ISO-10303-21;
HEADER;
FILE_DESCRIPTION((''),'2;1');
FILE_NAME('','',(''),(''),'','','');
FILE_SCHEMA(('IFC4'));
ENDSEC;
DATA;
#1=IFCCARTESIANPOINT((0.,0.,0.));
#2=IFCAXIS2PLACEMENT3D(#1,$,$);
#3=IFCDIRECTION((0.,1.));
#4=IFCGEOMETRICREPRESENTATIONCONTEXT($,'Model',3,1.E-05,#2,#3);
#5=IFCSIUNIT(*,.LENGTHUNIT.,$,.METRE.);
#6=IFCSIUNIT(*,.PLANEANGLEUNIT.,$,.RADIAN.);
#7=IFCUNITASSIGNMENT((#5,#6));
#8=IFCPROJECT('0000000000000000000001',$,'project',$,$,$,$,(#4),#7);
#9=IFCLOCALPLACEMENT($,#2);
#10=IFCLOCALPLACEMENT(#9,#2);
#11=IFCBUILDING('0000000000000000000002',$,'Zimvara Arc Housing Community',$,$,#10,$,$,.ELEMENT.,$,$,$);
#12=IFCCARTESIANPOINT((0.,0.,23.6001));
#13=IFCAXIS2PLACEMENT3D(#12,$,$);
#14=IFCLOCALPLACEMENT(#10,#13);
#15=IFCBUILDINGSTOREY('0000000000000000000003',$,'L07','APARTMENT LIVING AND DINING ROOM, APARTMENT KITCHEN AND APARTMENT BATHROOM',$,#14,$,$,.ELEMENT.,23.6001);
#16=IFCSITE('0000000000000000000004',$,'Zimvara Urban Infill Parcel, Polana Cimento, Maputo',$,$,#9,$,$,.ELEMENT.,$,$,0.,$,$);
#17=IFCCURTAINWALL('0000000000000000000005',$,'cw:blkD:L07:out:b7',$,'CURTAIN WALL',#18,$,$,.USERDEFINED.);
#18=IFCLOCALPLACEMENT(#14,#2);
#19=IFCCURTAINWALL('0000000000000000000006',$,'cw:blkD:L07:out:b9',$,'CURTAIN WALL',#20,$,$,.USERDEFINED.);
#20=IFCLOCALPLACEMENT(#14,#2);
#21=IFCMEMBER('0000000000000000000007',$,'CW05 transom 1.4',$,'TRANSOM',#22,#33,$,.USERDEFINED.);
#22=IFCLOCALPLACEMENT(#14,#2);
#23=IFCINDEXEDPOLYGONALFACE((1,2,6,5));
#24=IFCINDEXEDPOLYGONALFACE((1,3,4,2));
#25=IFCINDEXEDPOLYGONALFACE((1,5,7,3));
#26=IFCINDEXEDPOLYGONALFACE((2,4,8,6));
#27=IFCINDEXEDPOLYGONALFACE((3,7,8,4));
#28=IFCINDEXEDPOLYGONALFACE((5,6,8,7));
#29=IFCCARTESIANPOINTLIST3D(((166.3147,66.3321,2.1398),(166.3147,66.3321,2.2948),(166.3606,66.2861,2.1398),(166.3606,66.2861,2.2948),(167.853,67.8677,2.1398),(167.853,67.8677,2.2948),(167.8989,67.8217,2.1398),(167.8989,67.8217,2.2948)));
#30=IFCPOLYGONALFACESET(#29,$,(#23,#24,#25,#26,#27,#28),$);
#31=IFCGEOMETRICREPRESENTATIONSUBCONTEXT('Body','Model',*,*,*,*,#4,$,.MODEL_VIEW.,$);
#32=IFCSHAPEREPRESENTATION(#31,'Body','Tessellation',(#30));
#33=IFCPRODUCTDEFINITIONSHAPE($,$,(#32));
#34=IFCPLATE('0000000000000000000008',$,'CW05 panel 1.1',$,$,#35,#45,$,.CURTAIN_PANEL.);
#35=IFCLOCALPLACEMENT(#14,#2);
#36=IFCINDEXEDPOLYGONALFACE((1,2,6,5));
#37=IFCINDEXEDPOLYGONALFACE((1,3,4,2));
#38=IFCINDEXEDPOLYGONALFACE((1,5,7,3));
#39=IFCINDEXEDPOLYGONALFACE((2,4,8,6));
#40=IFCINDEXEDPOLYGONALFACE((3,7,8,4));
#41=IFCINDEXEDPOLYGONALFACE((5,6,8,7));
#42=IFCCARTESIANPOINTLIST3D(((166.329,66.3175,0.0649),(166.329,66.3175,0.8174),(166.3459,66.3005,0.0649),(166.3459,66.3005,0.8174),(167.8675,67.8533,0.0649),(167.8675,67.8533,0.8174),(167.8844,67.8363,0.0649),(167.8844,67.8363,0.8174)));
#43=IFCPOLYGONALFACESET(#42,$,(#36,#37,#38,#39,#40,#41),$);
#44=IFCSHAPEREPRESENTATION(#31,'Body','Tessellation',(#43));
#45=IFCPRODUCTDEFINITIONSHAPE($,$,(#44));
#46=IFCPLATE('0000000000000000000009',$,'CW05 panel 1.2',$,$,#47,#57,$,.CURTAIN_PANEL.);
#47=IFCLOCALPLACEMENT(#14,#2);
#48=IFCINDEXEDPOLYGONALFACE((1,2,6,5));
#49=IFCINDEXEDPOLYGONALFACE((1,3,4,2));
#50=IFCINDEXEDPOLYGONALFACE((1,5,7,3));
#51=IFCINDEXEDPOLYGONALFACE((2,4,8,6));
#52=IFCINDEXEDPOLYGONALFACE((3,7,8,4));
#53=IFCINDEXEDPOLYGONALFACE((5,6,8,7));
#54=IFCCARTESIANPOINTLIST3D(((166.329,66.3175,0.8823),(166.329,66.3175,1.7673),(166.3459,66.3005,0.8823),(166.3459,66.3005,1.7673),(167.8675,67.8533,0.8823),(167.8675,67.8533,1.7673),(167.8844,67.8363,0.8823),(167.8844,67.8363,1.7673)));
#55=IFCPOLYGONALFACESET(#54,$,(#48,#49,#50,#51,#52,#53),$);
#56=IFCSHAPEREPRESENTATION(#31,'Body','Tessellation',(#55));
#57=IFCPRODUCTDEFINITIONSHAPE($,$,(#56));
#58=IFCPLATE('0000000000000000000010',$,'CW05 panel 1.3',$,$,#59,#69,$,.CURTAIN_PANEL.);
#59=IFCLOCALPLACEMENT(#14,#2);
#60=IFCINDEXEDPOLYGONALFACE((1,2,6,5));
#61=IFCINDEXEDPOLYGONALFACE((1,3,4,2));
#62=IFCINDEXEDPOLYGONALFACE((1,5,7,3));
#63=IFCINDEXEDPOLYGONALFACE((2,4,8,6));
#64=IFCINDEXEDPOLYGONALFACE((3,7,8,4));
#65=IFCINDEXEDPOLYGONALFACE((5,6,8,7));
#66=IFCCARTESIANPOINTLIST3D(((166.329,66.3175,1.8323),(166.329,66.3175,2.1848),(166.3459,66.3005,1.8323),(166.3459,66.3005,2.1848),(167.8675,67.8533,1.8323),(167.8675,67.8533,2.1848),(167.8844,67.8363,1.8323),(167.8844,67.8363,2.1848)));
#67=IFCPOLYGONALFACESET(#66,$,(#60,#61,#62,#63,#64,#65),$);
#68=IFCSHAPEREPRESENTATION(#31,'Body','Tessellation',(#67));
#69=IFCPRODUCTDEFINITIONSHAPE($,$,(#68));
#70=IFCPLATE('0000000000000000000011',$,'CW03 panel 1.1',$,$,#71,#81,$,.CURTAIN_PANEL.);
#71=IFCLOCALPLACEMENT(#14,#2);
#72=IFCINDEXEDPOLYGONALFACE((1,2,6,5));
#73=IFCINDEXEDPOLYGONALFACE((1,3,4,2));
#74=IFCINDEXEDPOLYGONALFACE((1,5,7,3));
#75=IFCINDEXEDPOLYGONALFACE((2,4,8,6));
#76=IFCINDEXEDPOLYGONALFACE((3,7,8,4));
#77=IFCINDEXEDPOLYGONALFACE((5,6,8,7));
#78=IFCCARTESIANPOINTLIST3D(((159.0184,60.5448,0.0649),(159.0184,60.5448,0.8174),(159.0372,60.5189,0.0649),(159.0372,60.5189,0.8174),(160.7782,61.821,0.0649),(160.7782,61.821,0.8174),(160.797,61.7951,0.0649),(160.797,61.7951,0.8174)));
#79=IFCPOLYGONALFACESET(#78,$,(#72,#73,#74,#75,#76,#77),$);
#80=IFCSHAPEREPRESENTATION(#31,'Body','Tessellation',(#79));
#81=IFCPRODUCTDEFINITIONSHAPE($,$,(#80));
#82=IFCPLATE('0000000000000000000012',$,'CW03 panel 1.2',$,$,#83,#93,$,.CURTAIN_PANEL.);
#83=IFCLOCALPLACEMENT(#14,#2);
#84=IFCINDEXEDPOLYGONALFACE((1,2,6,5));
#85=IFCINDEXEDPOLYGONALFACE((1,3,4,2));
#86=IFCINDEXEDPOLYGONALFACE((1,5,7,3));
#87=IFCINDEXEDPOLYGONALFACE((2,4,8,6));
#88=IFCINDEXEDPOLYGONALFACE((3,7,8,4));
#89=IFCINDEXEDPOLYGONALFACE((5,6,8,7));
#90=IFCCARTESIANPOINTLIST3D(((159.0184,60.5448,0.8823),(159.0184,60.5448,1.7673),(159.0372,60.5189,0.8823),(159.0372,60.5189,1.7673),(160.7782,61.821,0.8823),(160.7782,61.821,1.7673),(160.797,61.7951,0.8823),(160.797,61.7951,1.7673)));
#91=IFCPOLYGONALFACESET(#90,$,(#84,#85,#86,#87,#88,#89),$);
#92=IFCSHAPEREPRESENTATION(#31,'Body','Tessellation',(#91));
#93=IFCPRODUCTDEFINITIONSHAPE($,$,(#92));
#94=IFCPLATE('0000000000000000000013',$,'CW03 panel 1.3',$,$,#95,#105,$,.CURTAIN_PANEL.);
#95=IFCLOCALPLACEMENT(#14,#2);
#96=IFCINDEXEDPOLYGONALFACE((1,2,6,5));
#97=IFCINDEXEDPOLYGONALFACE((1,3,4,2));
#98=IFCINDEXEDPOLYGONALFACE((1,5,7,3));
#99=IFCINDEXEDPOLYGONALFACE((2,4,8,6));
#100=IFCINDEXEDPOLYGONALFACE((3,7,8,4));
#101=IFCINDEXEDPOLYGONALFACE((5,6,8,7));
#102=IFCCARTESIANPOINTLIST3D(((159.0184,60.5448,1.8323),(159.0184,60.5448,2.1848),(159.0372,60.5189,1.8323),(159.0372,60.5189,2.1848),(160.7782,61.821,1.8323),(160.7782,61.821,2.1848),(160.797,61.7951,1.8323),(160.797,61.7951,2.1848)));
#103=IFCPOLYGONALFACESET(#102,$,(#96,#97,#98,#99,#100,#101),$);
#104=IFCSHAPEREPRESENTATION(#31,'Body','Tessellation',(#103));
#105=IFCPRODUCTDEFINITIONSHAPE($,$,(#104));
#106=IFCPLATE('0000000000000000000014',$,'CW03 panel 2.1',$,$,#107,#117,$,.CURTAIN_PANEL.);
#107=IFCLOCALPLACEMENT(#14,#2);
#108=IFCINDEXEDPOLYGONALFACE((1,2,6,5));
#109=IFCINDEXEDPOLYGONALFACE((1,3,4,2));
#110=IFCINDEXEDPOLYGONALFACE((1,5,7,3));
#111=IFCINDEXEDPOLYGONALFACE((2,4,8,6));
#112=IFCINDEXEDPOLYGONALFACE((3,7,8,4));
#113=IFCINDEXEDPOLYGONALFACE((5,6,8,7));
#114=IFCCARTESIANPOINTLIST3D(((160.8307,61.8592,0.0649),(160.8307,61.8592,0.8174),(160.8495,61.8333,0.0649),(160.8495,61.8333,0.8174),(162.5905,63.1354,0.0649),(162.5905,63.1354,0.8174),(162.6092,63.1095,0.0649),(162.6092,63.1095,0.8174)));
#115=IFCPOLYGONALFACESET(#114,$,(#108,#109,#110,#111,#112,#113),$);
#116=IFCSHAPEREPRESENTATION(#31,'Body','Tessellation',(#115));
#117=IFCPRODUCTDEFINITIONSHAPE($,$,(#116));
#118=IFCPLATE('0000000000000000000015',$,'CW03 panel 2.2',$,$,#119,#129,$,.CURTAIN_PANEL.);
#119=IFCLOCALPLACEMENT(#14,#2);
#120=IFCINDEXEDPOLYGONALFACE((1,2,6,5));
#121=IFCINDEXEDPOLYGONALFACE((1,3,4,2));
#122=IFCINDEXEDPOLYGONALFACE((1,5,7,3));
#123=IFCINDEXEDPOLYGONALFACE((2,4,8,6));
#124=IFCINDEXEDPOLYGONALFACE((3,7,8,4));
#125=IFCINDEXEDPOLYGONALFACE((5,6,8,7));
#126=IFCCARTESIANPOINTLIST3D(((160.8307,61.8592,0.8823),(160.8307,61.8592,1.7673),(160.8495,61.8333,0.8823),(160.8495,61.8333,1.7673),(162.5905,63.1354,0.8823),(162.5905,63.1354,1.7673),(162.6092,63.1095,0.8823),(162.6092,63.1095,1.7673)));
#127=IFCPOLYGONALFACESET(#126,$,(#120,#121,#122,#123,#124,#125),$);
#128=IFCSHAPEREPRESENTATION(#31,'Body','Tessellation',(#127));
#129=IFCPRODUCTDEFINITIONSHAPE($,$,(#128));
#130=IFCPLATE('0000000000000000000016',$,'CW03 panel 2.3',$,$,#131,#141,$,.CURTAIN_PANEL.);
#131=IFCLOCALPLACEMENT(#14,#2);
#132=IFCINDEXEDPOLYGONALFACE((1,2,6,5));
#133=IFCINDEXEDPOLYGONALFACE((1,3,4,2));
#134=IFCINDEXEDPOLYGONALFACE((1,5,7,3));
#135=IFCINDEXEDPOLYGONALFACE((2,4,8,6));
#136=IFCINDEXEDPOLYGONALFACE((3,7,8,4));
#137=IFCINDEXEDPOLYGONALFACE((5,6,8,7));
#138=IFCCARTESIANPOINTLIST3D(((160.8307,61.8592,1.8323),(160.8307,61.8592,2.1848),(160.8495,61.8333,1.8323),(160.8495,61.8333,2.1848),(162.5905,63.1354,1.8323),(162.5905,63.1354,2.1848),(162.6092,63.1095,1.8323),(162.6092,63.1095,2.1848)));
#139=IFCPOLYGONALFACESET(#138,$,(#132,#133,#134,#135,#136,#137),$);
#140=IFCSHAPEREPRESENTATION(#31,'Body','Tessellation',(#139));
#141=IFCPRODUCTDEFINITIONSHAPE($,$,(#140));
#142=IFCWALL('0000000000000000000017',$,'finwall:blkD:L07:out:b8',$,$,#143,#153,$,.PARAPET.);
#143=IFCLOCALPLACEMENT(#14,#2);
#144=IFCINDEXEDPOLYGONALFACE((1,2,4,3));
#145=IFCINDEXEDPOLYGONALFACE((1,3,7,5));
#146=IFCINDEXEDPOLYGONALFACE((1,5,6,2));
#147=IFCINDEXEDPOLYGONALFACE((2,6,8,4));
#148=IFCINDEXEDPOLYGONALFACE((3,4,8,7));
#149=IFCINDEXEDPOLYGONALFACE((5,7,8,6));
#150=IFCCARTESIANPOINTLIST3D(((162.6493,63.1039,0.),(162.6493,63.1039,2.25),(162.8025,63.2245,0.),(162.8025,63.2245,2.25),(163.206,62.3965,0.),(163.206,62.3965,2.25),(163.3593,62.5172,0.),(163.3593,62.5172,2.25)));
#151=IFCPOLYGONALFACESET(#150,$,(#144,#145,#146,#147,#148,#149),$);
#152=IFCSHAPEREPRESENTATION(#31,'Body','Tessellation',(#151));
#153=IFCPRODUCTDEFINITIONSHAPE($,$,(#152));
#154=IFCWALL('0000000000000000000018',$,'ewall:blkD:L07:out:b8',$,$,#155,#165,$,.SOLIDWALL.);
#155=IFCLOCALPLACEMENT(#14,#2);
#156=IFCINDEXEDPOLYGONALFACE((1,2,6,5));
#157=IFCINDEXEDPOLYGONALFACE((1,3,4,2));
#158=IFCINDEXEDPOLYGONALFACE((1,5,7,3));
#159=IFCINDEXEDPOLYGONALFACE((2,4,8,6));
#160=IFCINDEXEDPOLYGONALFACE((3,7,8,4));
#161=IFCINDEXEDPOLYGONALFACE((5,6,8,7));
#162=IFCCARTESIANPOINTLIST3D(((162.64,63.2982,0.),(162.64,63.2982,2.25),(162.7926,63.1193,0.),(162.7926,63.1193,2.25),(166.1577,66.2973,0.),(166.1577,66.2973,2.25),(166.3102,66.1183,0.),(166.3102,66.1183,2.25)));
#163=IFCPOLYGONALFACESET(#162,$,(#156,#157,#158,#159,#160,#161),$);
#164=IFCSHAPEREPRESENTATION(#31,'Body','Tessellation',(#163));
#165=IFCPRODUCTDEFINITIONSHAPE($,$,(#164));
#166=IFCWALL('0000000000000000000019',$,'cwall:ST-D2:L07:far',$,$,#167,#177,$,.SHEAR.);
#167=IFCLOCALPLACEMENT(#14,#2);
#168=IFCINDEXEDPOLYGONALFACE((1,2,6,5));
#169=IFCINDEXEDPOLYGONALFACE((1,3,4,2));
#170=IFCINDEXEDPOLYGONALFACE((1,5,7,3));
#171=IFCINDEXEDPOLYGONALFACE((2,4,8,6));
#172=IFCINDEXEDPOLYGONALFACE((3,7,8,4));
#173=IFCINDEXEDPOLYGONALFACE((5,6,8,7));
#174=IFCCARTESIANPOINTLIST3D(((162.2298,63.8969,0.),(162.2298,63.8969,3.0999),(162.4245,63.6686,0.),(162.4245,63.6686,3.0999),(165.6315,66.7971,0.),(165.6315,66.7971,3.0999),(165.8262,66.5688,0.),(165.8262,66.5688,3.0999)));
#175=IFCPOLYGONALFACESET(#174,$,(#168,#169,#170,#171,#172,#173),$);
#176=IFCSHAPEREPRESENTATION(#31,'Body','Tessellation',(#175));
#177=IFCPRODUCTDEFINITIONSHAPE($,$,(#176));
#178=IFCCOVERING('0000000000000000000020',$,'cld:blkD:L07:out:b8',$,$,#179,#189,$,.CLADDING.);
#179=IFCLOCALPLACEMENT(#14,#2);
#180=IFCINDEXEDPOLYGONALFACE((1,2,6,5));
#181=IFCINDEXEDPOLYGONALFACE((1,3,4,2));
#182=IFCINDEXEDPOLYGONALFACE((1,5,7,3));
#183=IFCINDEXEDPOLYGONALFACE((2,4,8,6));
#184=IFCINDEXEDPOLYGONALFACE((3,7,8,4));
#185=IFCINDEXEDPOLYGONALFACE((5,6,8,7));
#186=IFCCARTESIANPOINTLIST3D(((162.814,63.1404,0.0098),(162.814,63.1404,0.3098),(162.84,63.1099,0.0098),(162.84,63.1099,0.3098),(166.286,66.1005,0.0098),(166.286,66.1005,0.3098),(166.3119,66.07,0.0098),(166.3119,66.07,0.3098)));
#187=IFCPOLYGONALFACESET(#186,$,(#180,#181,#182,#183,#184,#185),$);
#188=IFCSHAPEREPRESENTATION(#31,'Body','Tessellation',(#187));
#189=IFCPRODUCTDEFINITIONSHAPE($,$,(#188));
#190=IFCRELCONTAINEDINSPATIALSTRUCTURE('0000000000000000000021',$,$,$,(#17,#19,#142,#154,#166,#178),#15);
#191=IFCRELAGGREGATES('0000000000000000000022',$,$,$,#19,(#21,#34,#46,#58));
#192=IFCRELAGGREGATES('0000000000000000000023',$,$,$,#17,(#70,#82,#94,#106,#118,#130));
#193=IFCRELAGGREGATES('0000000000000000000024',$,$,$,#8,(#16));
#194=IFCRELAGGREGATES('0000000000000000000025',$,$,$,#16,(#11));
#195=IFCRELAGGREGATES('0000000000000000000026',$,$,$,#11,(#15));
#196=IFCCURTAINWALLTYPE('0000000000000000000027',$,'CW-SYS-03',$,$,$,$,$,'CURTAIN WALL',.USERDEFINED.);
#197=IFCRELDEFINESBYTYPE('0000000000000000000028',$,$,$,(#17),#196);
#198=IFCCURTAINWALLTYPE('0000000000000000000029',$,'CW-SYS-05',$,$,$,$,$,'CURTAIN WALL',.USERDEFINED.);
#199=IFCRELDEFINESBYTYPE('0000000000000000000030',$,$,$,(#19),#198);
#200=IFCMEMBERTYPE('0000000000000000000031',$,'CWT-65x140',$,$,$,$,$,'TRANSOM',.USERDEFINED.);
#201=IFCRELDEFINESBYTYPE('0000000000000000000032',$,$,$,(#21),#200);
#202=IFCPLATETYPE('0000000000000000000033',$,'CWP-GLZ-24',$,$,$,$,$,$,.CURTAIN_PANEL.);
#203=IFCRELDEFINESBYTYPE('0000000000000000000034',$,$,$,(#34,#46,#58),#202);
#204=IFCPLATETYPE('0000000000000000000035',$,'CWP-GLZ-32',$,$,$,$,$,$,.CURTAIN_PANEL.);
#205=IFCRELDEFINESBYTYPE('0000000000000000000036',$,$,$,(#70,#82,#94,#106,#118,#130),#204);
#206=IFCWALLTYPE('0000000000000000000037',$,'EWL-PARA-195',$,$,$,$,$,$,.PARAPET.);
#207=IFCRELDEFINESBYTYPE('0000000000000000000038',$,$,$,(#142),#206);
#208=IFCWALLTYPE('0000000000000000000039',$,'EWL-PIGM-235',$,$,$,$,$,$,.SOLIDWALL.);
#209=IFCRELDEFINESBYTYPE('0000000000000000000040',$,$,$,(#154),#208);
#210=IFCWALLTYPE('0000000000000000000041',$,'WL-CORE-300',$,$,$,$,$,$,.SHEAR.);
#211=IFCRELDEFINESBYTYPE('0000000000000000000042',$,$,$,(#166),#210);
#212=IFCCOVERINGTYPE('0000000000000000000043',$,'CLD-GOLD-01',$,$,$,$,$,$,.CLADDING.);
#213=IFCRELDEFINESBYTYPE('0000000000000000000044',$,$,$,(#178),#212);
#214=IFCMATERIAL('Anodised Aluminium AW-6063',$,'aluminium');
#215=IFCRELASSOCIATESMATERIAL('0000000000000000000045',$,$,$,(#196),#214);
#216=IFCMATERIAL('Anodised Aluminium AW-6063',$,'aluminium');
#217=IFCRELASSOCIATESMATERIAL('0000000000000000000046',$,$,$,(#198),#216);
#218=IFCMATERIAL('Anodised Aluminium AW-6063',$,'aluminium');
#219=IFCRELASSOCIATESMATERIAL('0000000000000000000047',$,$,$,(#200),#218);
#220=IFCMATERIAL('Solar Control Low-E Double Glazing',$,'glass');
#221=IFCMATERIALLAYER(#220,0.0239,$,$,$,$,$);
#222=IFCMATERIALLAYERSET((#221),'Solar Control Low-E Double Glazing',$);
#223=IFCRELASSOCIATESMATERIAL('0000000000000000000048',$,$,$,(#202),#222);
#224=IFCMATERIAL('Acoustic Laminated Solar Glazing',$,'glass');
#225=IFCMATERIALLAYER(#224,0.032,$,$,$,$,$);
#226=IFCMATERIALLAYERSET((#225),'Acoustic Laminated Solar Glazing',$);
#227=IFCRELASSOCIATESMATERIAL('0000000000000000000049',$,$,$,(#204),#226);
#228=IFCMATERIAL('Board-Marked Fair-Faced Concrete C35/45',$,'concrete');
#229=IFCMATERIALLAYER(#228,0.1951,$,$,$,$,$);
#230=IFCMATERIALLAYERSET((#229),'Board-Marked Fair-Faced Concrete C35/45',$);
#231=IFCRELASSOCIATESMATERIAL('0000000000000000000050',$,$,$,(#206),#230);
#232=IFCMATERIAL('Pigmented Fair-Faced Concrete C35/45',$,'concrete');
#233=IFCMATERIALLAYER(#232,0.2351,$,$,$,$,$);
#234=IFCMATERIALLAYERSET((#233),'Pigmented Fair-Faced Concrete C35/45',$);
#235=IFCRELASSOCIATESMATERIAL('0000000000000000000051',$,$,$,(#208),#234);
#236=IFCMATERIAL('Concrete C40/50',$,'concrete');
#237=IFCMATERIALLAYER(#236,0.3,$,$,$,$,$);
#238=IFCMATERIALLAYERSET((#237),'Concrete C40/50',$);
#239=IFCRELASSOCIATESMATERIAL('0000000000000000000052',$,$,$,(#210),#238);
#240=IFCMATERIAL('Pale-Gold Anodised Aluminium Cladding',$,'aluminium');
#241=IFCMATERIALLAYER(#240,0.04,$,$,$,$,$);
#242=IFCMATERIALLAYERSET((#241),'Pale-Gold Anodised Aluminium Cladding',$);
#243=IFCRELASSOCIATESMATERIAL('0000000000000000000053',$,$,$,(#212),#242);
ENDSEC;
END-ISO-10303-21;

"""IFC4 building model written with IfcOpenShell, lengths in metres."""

from ifc_helpers import new_model, si_unit, direction, frame, frame_2d, origin, origin_2d, place, context, subcontext, project, spatial, rectangle, extrude, material, layer, layer_set, material_profile, profile_set, type_object, element, aggregate, save


model = new_model("IFC4")

# Units and contexts
model_context = context("Model", 3, precision=1e-05, world=origin(), true_north=direction((0.0, 1.0)))
body_context = subcontext(model_context, "Body", "Model", "MODEL_VIEW")
ifc_project = project(units=[si_unit("LENGTHUNIT", "METRE"), si_unit("PLANEANGLEUNIT", "RADIAN")], contexts=[model_context])

# Site, building, storey
site_placement = place(None, origin())
site = spatial("IfcSite", under=ifc_project, at=site_placement, Name="Zimvara Urban Infill Parcel, Polana Cimento, Maputo", CompositionType="ELEMENT", RefElevation=0.0)
building_placement = place(site_placement, origin())
building = spatial("IfcBuilding", under=site, at=building_placement, Name="Zimvara Arc Housing Community", CompositionType="ELEMENT")
storey_placement = place(building_placement, frame((0.0, 0.0, 23.6001)))
storey = spatial("IfcBuildingStorey", under=building, at=storey_placement, Name="L07", Description="APARTMENT LIVING AND DINING ROOM, APARTMENT KITCHEN AND APARTMENT BATHROOM", CompositionType="ELEMENT", Elevation=23.6001)

# Curtain wall
ifc_material_1 = material(Name="Anodised Aluminium AW-6063", Category="aluminium")
curtain_wall_type_1 = type_object("IfcCurtainWallType", Name="CW-SYS-03", ElementType="CURTAIN WALL", PredefinedType="USERDEFINED", material=ifc_material_1)
curtain_wall_1_placement = place(storey_placement, origin())
curtain_wall_1 = element("IfcCurtainWall", 1, at=curtain_wall_1_placement, inside=storey, type_object=curtain_wall_type_1, Name="cw:blkD:L07:out:b7", ObjectType="CURTAIN WALL", PredefinedType="USERDEFINED")

# Curtain wall
ifc_material_2 = material(Name="Anodised Aluminium AW-6063", Category="aluminium")
curtain_wall_type_2 = type_object("IfcCurtainWallType", Name="CW-SYS-05", ElementType="CURTAIN WALL", PredefinedType="USERDEFINED", material=ifc_material_2)
curtain_wall_2_placement = place(storey_placement, origin())
curtain_wall_2 = element("IfcCurtainWall", 2, at=curtain_wall_2_placement, inside=storey, type_object=curtain_wall_type_2, Name="cw:blkD:L07:out:b9", ObjectType="CURTAIN WALL", PredefinedType="USERDEFINED")

# Member
ifc_material_3 = material(Name="Anodised Aluminium AW-6063", Category="aluminium")
ifc_material_profile_1 = material_profile(ifc_material_3, rectangle(XDim=0.0649, YDim=0.155, at=origin_2d()), Name="ALU 65x155")
ifc_profile_set_1 = profile_set([ifc_material_profile_1], Name="Anodised Aluminium AW-6063")
member_type_1 = type_object("IfcMemberType", Name="CWT-65x140", ElementType="TRANSOM", PredefinedType="USERDEFINED", material=ifc_profile_set_1)
member_1_placement = place(storey_placement, frame((166.3376, 66.3091, 2.2173), z_axis=(0.707724, 0.706489, 0.0), x_axis=(-0.706489, 0.707724, 0.0)))
member_1 = element("IfcMember", 3, at=member_1_placement, type_object=member_type_1, Name="CW05 transom 1.4", ObjectType="TRANSOM", PredefinedType="USERDEFINED", context=body_context, shape_type="SweptSolid", body=[
    extrude(rectangle(XDim=0.0649, YDim=0.155, at=origin_2d()), origin(), (0.0, 0.0, 1.0), 2.1736),
])

# Plates
ifc_material_4 = material(Name="Solar Control Low-E Double Glazing", Category="glass")
ifc_layer_1 = layer(ifc_material_4, 0.0239)
ifc_layer_set_1 = layer_set([ifc_layer_1], Name="Solar Control Low-E Double Glazing")
plate_type_1 = type_object("IfcPlateType", Name="CWP-GLZ-24", PredefinedType="CURTAIN_PANEL", material=ifc_layer_set_1)
plate_1_placement = place(storey_placement, frame((167.1067, 67.0769, 0.0649), z_axis=(0.0, 0.0, 1.0), x_axis=(0.707724, 0.706489, 0.0)))
plate_1 = element("IfcPlate", 4, at=plate_1_placement, type_object=plate_type_1, Name="CW05 panel 1.1", PredefinedType="CURTAIN_PANEL", context=body_context, shape_type="SweptSolid", body=[
    extrude(rectangle(XDim=2.1738, YDim=0.0239, at=origin_2d()), origin(), (0.0, 0.0, 1.0), 0.7524),
])
plate_2_placement = place(storey_placement, frame((167.1067, 67.0769, 0.8823), z_axis=(0.0, 0.0, 1.0), x_axis=(0.707724, 0.706489, 0.0)))
plate_2 = element("IfcPlate", 5, at=plate_2_placement, type_object=plate_type_1, Name="CW05 panel 1.2", PredefinedType="CURTAIN_PANEL", context=body_context, shape_type="SweptSolid", body=[
    extrude(rectangle(XDim=2.1738, YDim=0.0239, at=origin_2d()), origin(), (0.0, 0.0, 1.0), 0.885),
])
plate_3_placement = place(storey_placement, frame((167.1067, 67.0769, 1.8323), z_axis=(0.0, 0.0, 1.0), x_axis=(0.707724, 0.706489, 0.0)))
plate_3 = element("IfcPlate", 6, at=plate_3_placement, type_object=plate_type_1, Name="CW05 panel 1.3", PredefinedType="CURTAIN_PANEL", context=body_context, shape_type="SweptSolid", body=[
    extrude(rectangle(XDim=2.1738, YDim=0.0239, at=origin_2d()), origin(), (0.0, 0.0, 1.0), 0.3525),
])
aggregate(curtain_wall_2, [member_1, plate_1, plate_2, plate_3])
ifc_material_5 = material(Name="Acoustic Laminated Solar Glazing", Category="glass")
ifc_layer_2 = layer(ifc_material_5, 0.032)
ifc_layer_set_2 = layer_set([ifc_layer_2], Name="Acoustic Laminated Solar Glazing")
plate_type_2 = type_object("IfcPlateType", Name="CWP-GLZ-32", PredefinedType="CURTAIN_PANEL", material=ifc_layer_set_2)
plate_4_placement = place(storey_placement, frame((159.9077, 61.1699, 0.0649), z_axis=(0.0, 0.0, 1.0), x_axis=(0.80953, 0.587078, 0.0)))
plate_4 = element("IfcPlate", 7, at=plate_4_placement, type_object=plate_type_2, Name="CW03 panel 1.1", PredefinedType="CURTAIN_PANEL", context=body_context, shape_type="SweptSolid", body=[
    extrude(rectangle(XDim=2.1738, YDim=0.032, at=origin_2d()), origin(), (0.0, 0.0, 1.0), 0.7524),
])
plate_5_placement = place(storey_placement, frame((159.9077, 61.1699, 0.8823), z_axis=(0.0, 0.0, 1.0), x_axis=(0.80953, 0.587078, 0.0)))
plate_5 = element("IfcPlate", 8, at=plate_5_placement, type_object=plate_type_2, Name="CW03 panel 1.2", PredefinedType="CURTAIN_PANEL", context=body_context, shape_type="SweptSolid", body=[
    extrude(rectangle(XDim=2.1738, YDim=0.032, at=origin_2d()), origin(), (0.0, 0.0, 1.0), 0.885),
])
plate_6_placement = place(storey_placement, frame((159.9077, 61.1699, 1.8323), z_axis=(0.0, 0.0, 1.0), x_axis=(0.80953, 0.587078, 0.0)))
plate_6 = element("IfcPlate", 9, at=plate_6_placement, type_object=plate_type_2, Name="CW03 panel 1.3", PredefinedType="CURTAIN_PANEL", context=body_context, shape_type="SweptSolid", body=[
    extrude(rectangle(XDim=2.1738, YDim=0.032, at=origin_2d()), origin(), (0.0, 0.0, 1.0), 0.3525),
])
plate_7_placement = place(storey_placement, frame((161.72, 62.4844, 0.0649), z_axis=(0.0, 0.0, 1.0), x_axis=(0.80953, 0.587078, 0.0)))
plate_7 = element("IfcPlate", 10, at=plate_7_placement, type_object=plate_type_2, Name="CW03 panel 2.1", PredefinedType="CURTAIN_PANEL", context=body_context, shape_type="SweptSolid", body=[
    extrude(rectangle(XDim=2.1738, YDim=0.032, at=origin_2d()), origin(), (0.0, 0.0, 1.0), 0.7524),
])
plate_8_placement = place(storey_placement, frame((161.72, 62.4844, 0.8823), z_axis=(0.0, 0.0, 1.0), x_axis=(0.80953, 0.587078, 0.0)))
plate_8 = element("IfcPlate", 11, at=plate_8_placement, type_object=plate_type_2, Name="CW03 panel 2.2", PredefinedType="CURTAIN_PANEL", context=body_context, shape_type="SweptSolid", body=[
    extrude(rectangle(XDim=2.1738, YDim=0.032, at=origin_2d()), origin(), (0.0, 0.0, 1.0), 0.885),
])
plate_9_placement = place(storey_placement, frame((161.72, 62.4844, 1.8323), z_axis=(0.0, 0.0, 1.0), x_axis=(0.80953, 0.587078, 0.0)))
plate_9 = element("IfcPlate", 12, at=plate_9_placement, type_object=plate_type_2, Name="CW03 panel 2.3", PredefinedType="CURTAIN_PANEL", context=body_context, shape_type="SweptSolid", body=[
    extrude(rectangle(XDim=2.1738, YDim=0.032, at=origin_2d()), origin(), (0.0, 0.0, 1.0), 0.3525),
])
aggregate(curtain_wall_1, [plate_4, plate_5, plate_6, plate_7, plate_8, plate_9])

# Walls
ifc_material_6 = material(Name="Board-Marked Fair-Faced Concrete C35/45", Category="concrete")
ifc_layer_3 = layer(ifc_material_6, 0.1951)
ifc_layer_set_3 = layer_set([ifc_layer_3], Name="Board-Marked Fair-Faced Concrete C35/45")
wall_type_1 = type_object("IfcWallType", Name="EWL-PARA-195", PredefinedType="PARAPET", material=ifc_layer_set_3)
wall_1_placement = place(storey_placement, frame((162.7258, 63.1643, 0.0), z_axis=(0.0, 0.0, 1.0), x_axis=(0.618456, -0.785819, 0.0)))
element("IfcWall", 13, at=wall_1_placement, inside=storey, type_object=wall_type_1, Name="finwall:blkD:L07:out:b8", PredefinedType="PARAPET", context=body_context, shape_type="SweptSolid", body=[
    extrude(rectangle(XDim=0.9001, YDim=0.1951, at=frame_2d((0.4502, 0.0))), origin(), (0.0, 0.0, 1.0), 2.25),
])
ifc_material_7 = material(Name="Pigmented Fair-Faced Concrete C35/45", Category="concrete")
ifc_layer_4 = layer(ifc_material_7, 0.2351)
ifc_layer_set_4 = layer_set([ifc_layer_4], Name="Pigmented Fair-Faced Concrete C35/45")
wall_type_2 = type_object("IfcWallType", Name="EWL-PIGM-235", PredefinedType="SOLIDWALL", material=ifc_layer_set_4)
wall_2_placement = place(storey_placement, frame((162.7163, 63.2087, 0.0), z_axis=(0.0, 0.0, 1.0), x_axis=(0.760969, 0.648788, 0.0)))
element("IfcWall", 14, at=wall_2_placement, inside=storey, type_object=wall_type_2, Name="ewall:blkD:L07:out:b8", PredefinedType="SOLIDWALL", context=body_context, shape_type="SweptSolid", body=[
    extrude(rectangle(XDim=4.6226, YDim=0.2351, at=frame_2d((2.3113, 0.0))), origin(), (0.0, 0.0, 1.0), 2.25),
])
ifc_material_8 = material(Name="Concrete C40/50", Category="concrete")
ifc_layer_5 = layer(ifc_material_8, 0.3)
ifc_layer_set_5 = layer_set([ifc_layer_5], Name="Concrete C40/50")
wall_type_3 = type_object("IfcWallType", Name="WL-CORE-300", PredefinedType="SHEAR", material=ifc_layer_set_5)
wall_3_placement = place(storey_placement, frame((162.3271, 63.7827, 0.0), z_axis=(0.0, 0.0, 1.0), x_axis=(0.76097, 0.648788, 0.0)))
element("IfcWall", 15, at=wall_3_placement, inside=storey, type_object=wall_type_3, Name="cwall:ST-D2:L07:far", PredefinedType="SHEAR", context=body_context, shape_type="SweptSolid", body=[
    extrude(rectangle(XDim=4.4702, YDim=0.3, at=frame_2d((2.2351, 0.0))), origin(), (0.0, 0.0, 1.0), 3.0999),
])

# Covering
ifc_material_9 = material(Name="Pale-Gold Anodised Aluminium Cladding", Category="aluminium")
ifc_layer_6 = layer(ifc_material_9, 0.04)
ifc_layer_set_6 = layer_set([ifc_layer_6], Name="Pale-Gold Anodised Aluminium Cladding")
covering_type = type_object("IfcCoveringType", Name="CLD-GOLD-01", PredefinedType="CLADDING", material=ifc_layer_set_6)
covering_placement = place(storey_placement, frame((164.563, 64.6052, 0.0098), z_axis=(0.0, 0.0, 1.0), x_axis=(0.760971, 0.648786, 0.0)))
element("IfcCovering", 16, at=covering_placement, inside=storey, type_object=covering_type, Name="cld:blkD:L07:out:b8", PredefinedType="CLADDING", context=body_context, shape_type="SweptSolid", body=[
    extrude(rectangle(XDim=4.5625, YDim=0.04, at=origin_2d()), origin(), (0.0, 0.0, 1.0), 0.3),
])

save(model, "model.ifc")
